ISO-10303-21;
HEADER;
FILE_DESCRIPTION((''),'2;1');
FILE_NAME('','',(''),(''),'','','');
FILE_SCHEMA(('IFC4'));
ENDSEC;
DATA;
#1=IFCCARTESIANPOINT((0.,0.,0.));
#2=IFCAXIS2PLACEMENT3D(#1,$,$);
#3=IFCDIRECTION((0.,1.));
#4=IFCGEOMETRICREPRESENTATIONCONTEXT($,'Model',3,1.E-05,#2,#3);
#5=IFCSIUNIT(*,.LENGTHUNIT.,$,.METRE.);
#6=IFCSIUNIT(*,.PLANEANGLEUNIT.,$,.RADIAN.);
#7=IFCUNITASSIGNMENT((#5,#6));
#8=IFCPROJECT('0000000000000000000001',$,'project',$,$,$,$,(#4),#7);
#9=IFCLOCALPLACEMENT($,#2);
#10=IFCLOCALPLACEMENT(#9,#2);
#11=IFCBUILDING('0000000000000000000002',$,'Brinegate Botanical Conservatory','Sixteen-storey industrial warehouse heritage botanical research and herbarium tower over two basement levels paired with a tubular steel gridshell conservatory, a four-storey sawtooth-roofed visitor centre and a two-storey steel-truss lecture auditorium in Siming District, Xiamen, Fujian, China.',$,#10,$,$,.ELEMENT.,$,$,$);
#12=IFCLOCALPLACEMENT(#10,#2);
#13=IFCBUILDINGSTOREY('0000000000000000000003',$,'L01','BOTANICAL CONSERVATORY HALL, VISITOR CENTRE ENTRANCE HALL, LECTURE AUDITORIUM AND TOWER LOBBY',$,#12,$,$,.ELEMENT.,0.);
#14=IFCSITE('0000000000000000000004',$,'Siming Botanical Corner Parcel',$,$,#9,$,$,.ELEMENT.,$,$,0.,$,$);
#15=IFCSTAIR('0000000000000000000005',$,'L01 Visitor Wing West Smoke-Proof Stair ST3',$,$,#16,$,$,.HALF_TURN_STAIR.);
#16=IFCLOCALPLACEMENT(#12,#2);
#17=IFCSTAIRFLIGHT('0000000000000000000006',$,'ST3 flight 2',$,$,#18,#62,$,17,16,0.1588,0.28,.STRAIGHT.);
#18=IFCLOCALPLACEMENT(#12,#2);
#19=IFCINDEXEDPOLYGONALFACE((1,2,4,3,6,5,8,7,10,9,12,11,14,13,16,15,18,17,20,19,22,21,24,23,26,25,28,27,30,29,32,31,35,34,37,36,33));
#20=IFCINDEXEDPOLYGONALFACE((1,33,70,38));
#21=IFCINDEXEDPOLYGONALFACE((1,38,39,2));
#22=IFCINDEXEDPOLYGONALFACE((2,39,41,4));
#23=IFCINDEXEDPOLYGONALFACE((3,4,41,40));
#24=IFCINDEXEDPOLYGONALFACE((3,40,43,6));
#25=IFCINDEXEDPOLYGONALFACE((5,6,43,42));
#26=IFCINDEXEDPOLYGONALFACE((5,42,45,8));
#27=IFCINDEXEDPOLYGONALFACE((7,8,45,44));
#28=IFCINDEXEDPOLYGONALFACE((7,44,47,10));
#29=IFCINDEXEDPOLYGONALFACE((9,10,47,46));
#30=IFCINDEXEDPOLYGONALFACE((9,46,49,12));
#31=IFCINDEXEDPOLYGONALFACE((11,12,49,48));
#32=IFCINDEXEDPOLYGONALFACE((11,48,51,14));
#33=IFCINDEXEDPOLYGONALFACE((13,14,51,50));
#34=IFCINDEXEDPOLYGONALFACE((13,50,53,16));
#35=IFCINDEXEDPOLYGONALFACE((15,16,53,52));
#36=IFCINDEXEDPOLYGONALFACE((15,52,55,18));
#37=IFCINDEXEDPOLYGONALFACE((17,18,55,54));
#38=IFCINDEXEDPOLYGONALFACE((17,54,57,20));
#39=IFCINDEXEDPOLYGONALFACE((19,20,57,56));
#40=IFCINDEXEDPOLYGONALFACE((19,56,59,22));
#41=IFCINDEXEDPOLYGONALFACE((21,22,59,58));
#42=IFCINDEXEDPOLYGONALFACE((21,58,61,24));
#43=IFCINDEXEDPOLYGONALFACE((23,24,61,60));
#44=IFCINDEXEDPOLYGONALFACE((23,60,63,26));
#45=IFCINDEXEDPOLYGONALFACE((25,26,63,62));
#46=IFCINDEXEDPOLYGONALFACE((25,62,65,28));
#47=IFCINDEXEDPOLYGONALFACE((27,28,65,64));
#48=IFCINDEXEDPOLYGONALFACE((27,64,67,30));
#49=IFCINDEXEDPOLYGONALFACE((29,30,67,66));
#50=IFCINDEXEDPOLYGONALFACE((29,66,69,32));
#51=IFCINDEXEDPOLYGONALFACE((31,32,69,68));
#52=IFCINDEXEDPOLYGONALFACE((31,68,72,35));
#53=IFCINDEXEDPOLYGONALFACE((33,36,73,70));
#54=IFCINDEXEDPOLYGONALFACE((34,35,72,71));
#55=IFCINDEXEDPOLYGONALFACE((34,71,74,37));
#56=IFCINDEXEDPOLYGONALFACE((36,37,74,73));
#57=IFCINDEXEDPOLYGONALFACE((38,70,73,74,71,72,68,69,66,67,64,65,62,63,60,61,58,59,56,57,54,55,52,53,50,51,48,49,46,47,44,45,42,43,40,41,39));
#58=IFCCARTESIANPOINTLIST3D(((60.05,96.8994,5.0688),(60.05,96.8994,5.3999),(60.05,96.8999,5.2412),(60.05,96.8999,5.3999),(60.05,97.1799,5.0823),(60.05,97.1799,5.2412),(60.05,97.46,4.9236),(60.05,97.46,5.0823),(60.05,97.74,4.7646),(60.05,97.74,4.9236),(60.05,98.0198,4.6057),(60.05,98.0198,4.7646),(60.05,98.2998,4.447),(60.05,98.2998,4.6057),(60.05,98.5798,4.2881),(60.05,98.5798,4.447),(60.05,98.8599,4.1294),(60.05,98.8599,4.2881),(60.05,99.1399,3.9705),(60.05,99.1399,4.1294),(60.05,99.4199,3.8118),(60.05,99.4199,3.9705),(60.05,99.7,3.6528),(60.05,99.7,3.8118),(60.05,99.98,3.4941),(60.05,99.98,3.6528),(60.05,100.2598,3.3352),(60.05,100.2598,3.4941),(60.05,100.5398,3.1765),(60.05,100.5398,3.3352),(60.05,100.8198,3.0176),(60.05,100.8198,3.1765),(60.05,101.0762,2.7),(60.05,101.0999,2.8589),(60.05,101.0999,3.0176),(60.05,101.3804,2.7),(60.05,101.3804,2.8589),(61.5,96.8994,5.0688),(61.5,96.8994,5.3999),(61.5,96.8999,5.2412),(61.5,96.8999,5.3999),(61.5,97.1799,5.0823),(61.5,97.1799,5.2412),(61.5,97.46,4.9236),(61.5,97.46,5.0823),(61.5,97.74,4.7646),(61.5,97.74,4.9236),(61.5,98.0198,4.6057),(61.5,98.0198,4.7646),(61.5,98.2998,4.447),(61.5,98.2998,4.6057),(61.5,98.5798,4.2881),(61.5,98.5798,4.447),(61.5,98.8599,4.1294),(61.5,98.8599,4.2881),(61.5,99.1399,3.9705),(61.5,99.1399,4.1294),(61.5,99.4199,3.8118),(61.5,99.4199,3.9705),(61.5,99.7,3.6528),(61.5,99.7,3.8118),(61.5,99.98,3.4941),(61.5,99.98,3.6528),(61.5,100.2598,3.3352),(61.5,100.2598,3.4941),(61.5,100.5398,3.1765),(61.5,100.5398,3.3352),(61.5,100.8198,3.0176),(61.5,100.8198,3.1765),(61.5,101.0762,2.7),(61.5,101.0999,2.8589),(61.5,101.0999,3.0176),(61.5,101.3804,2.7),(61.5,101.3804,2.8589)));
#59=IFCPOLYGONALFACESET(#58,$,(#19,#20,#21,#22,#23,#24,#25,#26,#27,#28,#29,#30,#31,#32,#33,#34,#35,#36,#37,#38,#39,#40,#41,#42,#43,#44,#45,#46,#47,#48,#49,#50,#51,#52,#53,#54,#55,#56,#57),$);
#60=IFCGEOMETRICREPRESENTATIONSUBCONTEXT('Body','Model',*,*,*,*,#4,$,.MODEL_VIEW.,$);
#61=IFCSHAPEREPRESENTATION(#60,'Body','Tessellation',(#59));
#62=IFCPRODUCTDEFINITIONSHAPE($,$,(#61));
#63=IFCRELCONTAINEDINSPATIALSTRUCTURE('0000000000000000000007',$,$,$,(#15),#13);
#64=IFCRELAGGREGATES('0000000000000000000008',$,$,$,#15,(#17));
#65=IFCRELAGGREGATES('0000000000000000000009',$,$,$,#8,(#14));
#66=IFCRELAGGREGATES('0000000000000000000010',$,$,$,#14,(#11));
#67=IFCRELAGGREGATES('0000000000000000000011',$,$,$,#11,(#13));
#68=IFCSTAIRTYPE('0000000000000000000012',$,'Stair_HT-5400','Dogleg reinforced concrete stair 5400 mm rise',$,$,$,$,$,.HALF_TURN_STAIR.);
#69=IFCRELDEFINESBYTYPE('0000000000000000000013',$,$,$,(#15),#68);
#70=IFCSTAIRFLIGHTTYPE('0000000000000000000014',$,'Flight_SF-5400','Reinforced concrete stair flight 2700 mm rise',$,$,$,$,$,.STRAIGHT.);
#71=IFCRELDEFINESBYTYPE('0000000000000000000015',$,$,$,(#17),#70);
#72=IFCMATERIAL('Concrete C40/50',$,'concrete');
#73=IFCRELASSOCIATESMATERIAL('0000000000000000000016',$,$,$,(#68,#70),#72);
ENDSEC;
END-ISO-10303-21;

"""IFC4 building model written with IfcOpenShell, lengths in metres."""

from ifc_helpers import new_model, si_unit, direction, frame, origin, place, context, subcontext, project, spatial, polyline, outline, extrude, material, type_object, element, aggregate, save


model = new_model("IFC4")

# Units and contexts
model_context = context("Model", 3, precision=1e-05, world=origin(), true_north=direction((0.0, 1.0)))
body_context = subcontext(model_context, "Body", "Model", "MODEL_VIEW")
ifc_project = project(units=[si_unit("LENGTHUNIT", "METRE"), si_unit("PLANEANGLEUNIT", "RADIAN")], contexts=[model_context])

# Site, building, storey
site_placement = place(None, origin())
site = spatial("IfcSite", under=ifc_project, at=site_placement, Name="Siming Botanical Corner Parcel", CompositionType="ELEMENT", RefElevation=0.0)
building_placement = place(site_placement, origin())
building = spatial("IfcBuilding", under=site, at=building_placement, Name="Brinegate Botanical Conservatory", Description="Sixteen-storey industrial warehouse heritage botanical research and herbarium tower over two basement levels paired with a tubular steel gridshell conservatory, a four-storey sawtooth-roofed visitor centre and a two-storey steel-truss lecture auditorium in Siming District, Xiamen, Fujian, China.", CompositionType="ELEMENT")
storey_placement = place(building_placement, origin())
storey = spatial("IfcBuildingStorey", under=building, at=storey_placement, Name="L01", Description="BOTANICAL CONSERVATORY HALL, VISITOR CENTRE ENTRANCE HALL, LECTURE AUDITORIUM AND TOWER LOBBY", CompositionType="ELEMENT", Elevation=0.0)

# Shared definitions
ifc_material_1 = material(Name="Concrete C40/50", Category="concrete")

# Stair, stair flight
stair_type = type_object("IfcStairType", Name="Stair_HT-5400", Description="Dogleg reinforced concrete stair 5400 mm rise", PredefinedType="HALF_TURN_STAIR", material=ifc_material_1)
stair_placement = place(storey_placement, origin())
stair = element("IfcStair", 1, at=stair_placement, inside=storey, type_object=stair_type, Name="L01 Visitor Wing West Smoke-Proof Stair ST3", PredefinedType="HALF_TURN_STAIR")
stair_flight_type = type_object("IfcStairFlightType", Name="Flight_SF-5400", Description="Reinforced concrete stair flight 2700 mm rise", PredefinedType="STRAIGHT", material=ifc_material_1)
stair_flight_1_placement = place(storey_placement, frame((60.7749, 101.3799, 2.7), z_axis=(0.0, 0.0, 1.0), x_axis=(0.0, -1.0, 0.0)))
stair_flight_1 = element("IfcStairFlight", 2, at=stair_flight_1_placement, type_object=stair_flight_type, Name="ST3 flight 2", NumberOfRisers=17, NumberOfTreads=16, PredefinedType="STRAIGHT", RiserHeight=0.1588, TreadLength=0.28, context=body_context, shape_type="SweptSolid", body=[
    extrude(outline(polyline([(-0.0005, 0.0), (-0.0005, 0.1589), (0.28, 0.1589), (0.28, 0.3176), (0.5601, 0.3176), (0.5601, 0.4766), (0.8401, 0.4766), (0.8401, 0.6353), (1.1201, 0.6353), (1.1201, 0.7942), (1.3999, 0.7942), (1.3999, 0.9529), (1.6799, 0.9529), (1.6799, 1.1118), (1.96, 1.1118), (1.96, 1.2705), (2.24, 1.2705), (2.24, 1.4294), (2.52, 1.4294), (2.52, 1.5881), (2.8, 1.5881), (2.8, 1.7471), (3.0801, 1.7471), (3.0801, 1.9058), (3.3601, 1.9058), (3.3601, 2.0647), (3.6399, 2.0647), (3.6399, 2.2236), (3.9199, 2.2236), (3.9199, 2.3823), (4.2, 2.3823), (4.2, 2.5413), (4.48, 2.5413), (4.48, 2.7), (4.4805, 2.7), (4.4805, 2.3689), (0.3037, 0.0), (-0.0005, 0.0)])), frame((0.0, 0.7251, 0.0), z_axis=(0.0, -1.0, 0.0), x_axis=(1.0, 0.0, 0.0)), (0.0, 0.0, 1.0), 1.45),
])
aggregate(stair, [stair_flight_1])

save(model, "model.ifc")
